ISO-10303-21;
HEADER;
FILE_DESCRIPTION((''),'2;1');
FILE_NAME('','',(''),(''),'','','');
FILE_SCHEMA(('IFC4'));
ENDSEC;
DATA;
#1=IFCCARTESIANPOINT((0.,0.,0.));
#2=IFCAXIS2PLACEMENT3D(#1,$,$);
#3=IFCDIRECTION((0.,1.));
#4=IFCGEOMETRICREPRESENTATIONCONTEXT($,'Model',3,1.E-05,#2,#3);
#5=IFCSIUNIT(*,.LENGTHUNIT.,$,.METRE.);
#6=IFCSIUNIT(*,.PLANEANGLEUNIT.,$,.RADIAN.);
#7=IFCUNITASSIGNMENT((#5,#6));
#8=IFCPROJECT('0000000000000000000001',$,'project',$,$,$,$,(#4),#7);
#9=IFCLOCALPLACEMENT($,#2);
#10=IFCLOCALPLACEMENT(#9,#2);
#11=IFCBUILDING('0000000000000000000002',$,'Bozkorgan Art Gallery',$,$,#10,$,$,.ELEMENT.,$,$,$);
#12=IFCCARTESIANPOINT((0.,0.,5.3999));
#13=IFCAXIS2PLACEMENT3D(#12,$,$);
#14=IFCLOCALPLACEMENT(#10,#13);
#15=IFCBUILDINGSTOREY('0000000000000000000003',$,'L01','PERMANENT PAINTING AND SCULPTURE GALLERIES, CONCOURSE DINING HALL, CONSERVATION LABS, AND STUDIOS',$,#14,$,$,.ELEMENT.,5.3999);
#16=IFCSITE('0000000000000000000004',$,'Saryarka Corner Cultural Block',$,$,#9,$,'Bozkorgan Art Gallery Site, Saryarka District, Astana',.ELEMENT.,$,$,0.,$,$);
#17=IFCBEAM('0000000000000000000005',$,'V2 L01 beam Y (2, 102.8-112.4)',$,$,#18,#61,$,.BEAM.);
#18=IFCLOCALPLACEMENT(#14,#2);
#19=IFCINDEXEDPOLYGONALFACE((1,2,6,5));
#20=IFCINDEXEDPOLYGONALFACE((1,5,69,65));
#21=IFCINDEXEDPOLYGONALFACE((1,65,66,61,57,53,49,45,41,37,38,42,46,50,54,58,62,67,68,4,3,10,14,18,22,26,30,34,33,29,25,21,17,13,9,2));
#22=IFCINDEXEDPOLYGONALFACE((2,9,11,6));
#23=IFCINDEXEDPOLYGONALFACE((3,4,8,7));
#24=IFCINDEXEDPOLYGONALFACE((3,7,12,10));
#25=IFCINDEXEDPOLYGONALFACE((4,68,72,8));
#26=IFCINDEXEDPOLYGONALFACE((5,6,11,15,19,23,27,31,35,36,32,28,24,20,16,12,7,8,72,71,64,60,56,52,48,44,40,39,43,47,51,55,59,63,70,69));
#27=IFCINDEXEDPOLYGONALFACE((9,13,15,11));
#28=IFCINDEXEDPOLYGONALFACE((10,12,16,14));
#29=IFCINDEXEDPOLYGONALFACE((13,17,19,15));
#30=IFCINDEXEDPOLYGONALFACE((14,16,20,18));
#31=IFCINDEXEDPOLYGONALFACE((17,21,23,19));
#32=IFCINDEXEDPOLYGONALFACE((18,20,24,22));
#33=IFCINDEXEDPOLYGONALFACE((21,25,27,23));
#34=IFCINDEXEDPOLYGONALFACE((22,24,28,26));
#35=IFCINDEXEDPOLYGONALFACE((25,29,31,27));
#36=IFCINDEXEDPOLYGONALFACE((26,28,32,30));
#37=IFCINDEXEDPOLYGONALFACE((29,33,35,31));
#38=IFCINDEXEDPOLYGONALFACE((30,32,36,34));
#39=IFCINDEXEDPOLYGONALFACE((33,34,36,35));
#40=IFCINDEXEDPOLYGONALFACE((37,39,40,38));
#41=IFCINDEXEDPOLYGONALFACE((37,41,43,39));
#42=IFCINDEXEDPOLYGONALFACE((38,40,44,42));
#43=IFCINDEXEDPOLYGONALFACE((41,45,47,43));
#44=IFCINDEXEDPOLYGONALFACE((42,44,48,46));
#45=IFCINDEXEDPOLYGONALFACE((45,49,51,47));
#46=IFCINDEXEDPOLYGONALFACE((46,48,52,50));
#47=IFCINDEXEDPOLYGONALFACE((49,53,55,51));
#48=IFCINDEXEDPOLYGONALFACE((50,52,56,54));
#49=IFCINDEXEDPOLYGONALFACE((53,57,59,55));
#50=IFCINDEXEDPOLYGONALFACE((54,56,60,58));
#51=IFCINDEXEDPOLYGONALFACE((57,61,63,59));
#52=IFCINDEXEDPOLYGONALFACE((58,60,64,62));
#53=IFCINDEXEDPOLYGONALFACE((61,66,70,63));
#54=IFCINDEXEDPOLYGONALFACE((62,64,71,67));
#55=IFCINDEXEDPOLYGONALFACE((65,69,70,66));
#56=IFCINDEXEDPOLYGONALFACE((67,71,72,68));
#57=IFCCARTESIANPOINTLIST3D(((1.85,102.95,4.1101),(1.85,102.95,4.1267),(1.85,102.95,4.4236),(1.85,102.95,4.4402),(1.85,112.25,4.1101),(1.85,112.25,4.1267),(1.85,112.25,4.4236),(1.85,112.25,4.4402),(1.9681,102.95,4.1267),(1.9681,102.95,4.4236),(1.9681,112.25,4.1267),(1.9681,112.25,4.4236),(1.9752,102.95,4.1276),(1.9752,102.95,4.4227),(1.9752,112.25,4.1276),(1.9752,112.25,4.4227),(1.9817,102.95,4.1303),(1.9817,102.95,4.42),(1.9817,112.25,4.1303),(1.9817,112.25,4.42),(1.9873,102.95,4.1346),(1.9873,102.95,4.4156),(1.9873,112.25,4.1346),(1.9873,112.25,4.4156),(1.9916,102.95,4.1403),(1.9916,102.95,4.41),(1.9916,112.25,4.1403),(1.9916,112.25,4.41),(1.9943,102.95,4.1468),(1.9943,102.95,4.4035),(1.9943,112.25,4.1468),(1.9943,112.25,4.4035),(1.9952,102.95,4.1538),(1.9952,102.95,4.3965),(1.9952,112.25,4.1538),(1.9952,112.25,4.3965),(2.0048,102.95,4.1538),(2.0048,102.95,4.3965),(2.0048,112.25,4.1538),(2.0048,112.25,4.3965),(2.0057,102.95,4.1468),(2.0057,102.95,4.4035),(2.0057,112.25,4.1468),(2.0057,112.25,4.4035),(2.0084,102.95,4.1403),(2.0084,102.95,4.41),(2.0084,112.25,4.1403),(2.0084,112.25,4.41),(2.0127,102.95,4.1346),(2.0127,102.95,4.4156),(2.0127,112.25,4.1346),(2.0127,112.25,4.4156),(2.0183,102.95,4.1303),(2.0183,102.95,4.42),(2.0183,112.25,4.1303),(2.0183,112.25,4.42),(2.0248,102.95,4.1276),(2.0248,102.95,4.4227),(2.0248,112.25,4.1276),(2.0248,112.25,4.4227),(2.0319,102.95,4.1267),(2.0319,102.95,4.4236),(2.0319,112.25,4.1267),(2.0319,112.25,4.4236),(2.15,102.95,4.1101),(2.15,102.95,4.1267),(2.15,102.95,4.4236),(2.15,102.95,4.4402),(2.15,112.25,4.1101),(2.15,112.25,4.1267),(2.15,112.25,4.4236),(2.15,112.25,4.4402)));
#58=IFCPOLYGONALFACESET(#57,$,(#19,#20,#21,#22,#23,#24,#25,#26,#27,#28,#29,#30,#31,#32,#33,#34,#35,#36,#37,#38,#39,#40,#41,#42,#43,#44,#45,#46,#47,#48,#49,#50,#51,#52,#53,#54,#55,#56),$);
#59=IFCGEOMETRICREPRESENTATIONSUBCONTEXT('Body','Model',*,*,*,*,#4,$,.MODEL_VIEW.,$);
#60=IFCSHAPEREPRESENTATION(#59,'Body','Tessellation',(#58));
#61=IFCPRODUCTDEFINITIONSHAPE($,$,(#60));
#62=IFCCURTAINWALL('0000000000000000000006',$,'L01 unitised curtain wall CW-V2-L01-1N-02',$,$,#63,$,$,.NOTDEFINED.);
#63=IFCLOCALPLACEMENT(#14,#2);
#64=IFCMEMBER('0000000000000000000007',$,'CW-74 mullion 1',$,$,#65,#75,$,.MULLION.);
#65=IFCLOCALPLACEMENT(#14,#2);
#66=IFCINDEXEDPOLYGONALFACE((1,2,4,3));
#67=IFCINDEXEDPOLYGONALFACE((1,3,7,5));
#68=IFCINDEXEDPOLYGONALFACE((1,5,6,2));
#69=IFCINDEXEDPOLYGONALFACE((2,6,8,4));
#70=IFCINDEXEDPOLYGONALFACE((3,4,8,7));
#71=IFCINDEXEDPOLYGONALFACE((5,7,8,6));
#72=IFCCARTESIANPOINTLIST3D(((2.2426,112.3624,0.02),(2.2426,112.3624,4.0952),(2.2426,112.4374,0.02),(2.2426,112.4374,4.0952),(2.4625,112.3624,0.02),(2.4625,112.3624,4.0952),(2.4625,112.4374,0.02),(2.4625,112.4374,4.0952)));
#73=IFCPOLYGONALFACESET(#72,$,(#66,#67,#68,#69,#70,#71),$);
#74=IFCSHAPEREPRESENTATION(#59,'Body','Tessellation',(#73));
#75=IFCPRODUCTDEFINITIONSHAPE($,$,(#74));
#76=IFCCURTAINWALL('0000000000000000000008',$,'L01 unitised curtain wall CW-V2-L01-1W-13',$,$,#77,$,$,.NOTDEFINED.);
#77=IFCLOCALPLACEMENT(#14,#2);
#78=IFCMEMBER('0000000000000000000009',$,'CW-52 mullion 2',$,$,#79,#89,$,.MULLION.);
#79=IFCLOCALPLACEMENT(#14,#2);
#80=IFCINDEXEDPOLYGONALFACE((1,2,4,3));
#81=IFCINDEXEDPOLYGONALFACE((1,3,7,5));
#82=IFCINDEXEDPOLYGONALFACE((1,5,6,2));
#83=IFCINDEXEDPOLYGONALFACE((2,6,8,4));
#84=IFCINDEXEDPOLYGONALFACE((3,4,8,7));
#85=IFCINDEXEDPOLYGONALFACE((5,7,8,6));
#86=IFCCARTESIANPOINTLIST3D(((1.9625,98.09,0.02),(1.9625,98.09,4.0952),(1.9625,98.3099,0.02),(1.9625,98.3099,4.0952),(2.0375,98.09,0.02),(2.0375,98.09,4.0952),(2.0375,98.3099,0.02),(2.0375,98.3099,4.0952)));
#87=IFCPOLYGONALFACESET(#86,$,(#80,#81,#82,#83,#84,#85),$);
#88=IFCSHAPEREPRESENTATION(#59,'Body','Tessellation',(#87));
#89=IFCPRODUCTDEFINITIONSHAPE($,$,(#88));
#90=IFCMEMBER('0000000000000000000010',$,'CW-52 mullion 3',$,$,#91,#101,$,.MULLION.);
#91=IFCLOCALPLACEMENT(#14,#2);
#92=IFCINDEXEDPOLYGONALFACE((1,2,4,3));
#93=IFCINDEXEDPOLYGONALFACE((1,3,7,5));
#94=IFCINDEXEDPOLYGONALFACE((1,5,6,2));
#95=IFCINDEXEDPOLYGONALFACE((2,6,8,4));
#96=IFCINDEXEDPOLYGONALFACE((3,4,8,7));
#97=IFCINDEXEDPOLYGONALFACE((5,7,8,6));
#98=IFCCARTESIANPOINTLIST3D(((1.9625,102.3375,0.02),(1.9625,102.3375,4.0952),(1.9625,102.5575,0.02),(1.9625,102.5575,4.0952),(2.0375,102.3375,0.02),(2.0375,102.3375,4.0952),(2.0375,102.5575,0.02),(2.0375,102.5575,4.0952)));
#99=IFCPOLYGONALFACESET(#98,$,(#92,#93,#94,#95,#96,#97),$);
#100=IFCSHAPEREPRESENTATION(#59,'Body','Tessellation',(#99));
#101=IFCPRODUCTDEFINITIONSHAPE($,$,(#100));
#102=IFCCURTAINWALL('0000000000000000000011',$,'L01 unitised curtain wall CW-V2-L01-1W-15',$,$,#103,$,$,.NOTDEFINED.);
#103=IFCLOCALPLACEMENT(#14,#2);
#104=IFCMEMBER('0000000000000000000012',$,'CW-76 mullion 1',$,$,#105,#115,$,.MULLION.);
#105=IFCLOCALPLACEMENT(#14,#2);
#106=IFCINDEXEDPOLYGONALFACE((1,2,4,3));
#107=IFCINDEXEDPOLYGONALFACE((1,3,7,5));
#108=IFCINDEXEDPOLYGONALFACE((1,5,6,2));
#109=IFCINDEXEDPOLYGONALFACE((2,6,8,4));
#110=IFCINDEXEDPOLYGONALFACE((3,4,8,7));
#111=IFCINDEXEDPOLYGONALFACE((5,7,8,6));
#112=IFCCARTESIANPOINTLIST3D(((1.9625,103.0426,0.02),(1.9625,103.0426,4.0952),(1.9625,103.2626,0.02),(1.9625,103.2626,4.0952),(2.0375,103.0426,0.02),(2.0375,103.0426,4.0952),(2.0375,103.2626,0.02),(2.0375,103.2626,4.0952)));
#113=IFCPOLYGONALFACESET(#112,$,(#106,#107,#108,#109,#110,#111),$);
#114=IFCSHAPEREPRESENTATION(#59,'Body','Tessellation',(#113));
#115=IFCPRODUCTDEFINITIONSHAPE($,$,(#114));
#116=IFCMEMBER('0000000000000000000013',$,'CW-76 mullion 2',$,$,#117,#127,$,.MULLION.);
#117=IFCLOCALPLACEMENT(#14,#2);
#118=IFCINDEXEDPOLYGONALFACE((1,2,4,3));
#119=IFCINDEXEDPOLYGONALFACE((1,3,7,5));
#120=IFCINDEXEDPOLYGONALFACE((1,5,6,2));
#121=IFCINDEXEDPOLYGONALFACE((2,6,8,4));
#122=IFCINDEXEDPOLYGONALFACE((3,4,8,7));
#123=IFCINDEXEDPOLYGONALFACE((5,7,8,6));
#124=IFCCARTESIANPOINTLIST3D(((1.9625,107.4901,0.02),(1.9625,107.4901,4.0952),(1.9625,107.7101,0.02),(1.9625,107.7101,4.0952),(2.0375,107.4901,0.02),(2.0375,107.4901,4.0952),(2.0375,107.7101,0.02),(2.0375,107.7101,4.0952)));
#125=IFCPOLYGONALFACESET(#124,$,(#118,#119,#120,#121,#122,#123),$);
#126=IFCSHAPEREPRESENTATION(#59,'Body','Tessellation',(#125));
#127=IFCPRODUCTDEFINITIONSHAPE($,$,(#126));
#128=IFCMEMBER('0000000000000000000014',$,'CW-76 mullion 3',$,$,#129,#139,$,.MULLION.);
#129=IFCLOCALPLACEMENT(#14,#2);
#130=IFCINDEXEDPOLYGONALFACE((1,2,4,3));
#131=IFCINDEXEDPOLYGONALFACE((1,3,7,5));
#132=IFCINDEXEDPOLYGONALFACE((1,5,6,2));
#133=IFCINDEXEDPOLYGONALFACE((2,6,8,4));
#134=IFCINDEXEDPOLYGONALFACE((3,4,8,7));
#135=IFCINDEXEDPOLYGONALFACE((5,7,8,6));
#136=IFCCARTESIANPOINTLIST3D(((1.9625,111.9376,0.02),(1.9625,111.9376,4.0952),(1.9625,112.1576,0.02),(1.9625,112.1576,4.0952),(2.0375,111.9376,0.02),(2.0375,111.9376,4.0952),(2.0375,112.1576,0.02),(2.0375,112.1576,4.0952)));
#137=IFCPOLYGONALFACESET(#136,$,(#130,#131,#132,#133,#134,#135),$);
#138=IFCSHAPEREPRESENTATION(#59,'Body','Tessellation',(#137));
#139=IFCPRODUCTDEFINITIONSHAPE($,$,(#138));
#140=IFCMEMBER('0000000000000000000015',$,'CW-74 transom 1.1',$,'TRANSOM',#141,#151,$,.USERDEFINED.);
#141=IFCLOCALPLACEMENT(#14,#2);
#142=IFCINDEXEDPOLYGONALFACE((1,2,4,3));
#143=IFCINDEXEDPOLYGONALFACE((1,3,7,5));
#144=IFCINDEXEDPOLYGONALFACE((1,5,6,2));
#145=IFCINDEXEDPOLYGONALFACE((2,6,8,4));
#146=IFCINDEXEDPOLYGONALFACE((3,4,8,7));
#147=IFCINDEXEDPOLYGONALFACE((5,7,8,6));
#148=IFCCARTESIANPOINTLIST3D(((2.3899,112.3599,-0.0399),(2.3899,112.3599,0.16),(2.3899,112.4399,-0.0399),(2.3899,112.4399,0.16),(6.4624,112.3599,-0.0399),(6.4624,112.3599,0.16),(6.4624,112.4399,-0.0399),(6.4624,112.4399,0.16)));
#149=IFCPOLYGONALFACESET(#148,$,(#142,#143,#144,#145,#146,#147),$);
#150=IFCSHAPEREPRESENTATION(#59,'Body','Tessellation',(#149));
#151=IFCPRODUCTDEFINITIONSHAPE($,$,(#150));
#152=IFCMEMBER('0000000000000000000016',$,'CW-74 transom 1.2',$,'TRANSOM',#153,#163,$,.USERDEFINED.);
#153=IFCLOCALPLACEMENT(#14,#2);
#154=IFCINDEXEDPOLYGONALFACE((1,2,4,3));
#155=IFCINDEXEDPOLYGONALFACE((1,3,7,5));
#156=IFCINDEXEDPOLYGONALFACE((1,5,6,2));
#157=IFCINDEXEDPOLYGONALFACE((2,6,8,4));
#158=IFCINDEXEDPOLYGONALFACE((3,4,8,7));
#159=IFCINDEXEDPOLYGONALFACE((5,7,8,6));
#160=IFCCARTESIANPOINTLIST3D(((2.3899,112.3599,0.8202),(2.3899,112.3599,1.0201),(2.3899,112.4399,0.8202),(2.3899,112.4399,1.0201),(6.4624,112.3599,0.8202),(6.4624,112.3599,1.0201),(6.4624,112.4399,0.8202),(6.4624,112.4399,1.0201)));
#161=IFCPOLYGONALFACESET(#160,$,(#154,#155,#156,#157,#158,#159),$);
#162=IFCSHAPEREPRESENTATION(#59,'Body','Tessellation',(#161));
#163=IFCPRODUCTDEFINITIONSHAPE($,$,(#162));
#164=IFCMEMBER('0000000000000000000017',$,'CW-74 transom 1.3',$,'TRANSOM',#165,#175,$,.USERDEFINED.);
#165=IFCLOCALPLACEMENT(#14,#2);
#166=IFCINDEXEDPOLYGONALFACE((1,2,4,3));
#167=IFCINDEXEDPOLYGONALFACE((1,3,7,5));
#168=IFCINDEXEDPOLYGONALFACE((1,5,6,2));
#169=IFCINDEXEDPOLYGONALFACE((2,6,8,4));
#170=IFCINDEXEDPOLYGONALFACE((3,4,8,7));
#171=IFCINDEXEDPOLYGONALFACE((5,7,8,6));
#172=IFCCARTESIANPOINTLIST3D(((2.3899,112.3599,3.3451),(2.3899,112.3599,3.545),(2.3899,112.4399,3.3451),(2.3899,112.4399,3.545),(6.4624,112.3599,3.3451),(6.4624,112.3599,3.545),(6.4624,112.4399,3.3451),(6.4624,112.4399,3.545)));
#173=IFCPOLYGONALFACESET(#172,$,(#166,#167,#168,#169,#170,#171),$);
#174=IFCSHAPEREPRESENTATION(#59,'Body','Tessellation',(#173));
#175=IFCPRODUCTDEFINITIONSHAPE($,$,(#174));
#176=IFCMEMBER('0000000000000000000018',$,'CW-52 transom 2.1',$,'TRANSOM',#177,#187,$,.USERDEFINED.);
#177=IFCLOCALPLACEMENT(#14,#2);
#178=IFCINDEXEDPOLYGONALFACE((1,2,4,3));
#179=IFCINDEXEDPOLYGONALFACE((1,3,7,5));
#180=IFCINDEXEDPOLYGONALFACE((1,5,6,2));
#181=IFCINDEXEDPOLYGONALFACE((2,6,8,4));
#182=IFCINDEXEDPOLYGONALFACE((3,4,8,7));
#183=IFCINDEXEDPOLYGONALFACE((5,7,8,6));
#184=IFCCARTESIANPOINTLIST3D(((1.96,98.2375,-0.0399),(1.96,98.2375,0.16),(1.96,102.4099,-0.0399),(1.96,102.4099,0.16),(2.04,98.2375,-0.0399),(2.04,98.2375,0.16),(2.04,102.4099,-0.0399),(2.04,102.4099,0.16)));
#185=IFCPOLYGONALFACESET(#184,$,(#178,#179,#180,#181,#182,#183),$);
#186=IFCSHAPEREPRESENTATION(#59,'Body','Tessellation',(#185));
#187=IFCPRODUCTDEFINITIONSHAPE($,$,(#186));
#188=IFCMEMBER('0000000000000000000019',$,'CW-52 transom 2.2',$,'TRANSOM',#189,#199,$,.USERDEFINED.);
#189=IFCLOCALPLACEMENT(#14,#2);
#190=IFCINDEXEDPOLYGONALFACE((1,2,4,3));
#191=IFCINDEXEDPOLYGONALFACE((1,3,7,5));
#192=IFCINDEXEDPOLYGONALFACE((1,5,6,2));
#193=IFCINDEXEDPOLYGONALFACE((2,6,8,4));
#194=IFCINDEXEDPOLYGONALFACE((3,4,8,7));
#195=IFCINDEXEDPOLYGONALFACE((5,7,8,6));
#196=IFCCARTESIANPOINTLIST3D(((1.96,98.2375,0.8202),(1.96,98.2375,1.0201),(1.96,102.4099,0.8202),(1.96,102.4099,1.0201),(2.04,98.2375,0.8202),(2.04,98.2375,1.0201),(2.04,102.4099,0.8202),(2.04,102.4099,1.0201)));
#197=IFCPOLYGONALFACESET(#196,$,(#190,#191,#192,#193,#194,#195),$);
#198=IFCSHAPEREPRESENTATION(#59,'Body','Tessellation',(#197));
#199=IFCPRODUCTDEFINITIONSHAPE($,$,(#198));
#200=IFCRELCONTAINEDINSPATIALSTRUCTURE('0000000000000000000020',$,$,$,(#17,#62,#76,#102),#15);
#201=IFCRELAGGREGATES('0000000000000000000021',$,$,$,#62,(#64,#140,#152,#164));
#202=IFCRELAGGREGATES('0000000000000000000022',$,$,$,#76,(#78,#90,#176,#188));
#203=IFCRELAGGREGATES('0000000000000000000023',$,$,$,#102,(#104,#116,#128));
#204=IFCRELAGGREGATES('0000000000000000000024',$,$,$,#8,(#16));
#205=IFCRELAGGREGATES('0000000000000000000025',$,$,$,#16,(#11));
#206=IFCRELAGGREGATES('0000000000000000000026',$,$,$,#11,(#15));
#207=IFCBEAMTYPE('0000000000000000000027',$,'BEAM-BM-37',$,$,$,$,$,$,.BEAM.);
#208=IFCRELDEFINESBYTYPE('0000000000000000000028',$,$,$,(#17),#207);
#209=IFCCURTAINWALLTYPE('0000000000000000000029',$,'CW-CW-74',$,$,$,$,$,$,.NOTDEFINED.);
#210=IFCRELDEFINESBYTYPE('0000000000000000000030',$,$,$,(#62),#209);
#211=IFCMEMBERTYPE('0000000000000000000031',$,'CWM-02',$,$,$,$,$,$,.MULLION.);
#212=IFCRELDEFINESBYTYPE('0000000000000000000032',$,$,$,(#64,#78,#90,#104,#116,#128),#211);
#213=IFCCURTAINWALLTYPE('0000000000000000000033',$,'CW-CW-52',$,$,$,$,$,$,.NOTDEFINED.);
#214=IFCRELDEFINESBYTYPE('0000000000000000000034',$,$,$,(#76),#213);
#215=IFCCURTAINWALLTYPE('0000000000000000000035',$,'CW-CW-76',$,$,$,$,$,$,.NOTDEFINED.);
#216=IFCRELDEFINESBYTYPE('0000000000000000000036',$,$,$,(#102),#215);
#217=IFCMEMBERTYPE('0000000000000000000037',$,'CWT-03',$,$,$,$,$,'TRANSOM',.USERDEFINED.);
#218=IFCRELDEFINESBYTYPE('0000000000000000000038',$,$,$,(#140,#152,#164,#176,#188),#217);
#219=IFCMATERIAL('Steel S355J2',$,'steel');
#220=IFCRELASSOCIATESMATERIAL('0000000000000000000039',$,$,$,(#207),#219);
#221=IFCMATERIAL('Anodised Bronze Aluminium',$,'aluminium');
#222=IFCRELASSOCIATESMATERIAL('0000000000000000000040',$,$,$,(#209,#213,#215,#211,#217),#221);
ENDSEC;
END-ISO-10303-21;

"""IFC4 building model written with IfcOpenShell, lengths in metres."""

from ifc_helpers import new_model, si_unit, direction, frame, origin, origin_2d, place, context, subcontext, project, spatial, rectangle, i_section, extrude, material, material_profile, profile_set, type_object, element, aggregate, save


model = new_model("IFC4")

# Units and contexts
model_context = context("Model", 3, precision=1e-05, world=origin(), true_north=direction((0.0, 1.0)))
body_context = subcontext(model_context, "Body", "Model", "MODEL_VIEW")
ifc_project = project(units=[si_unit("LENGTHUNIT", "METRE"), si_unit("PLANEANGLEUNIT", "RADIAN")], contexts=[model_context])

# Site, building, storey
site_placement = place(None, origin())
site = spatial("IfcSite", under=ifc_project, at=site_placement, Name="Saryarka Corner Cultural Block", LongName="Bozkorgan Art Gallery Site, Saryarka District, Astana", CompositionType="ELEMENT", RefElevation=0.0)
building_placement = place(site_placement, origin())
building = spatial("IfcBuilding", under=site, at=building_placement, Name="Bozkorgan Art Gallery", CompositionType="ELEMENT")
storey_placement = place(building_placement, frame((0.0, 0.0, 5.3999)))
storey = spatial("IfcBuildingStorey", under=building, at=storey_placement, Name="L01", Description="PERMANENT PAINTING AND SCULPTURE GALLERIES, CONCOURSE DINING HALL, CONSERVATION LABS, AND STUDIOS", CompositionType="ELEMENT", Elevation=5.3999)

# Shared definitions
ifc_material_1 = material(Name="Steel S355J2", Category="steel")

# Beam
ifc_material_profile_1 = material_profile(ifc_material_1, i_section(OverallWidth=0.3, OverallDepth=0.3301, WebThickness=0.0095, FlangeThickness=0.0166, FilletRadius=0.0271, at=origin_2d()), Name="HEA 340")
ifc_profile_set_1 = profile_set([ifc_material_profile_1], Name="Steel S355J2")
beam_type = type_object("IfcBeamType", Name="BEAM-BM-37", PredefinedType="BEAM", material=ifc_profile_set_1)
beam_1_placement = place(storey_placement, frame((2.0, 102.95, 4.2751), z_axis=(0.0, 1.0, 0.0), x_axis=(-1.0, 0.0, 0.0)))
element("IfcBeam", 1, at=beam_1_placement, inside=storey, type_object=beam_type, Name="V2 L01 beam Y (2, 102.8-112.4)", PredefinedType="BEAM", context=body_context, shape_type="SweptSolid", body=[
    extrude(i_section(OverallWidth=0.3, OverallDepth=0.3301, WebThickness=0.0095, FlangeThickness=0.0166, FilletRadius=0.0271, at=origin_2d()), origin(), (0.0, 0.0, 1.0), 9.3),
])

# Curtain wall, member
ifc_material_2 = material(Name="Anodised Bronze Aluminium", Category="aluminium")
curtain_wall_type_1 = type_object("IfcCurtainWallType", Name="CW-CW-74", PredefinedType="NOTDEFINED", material=ifc_material_2)
curtain_wall_1_placement = place(storey_placement, origin())
curtain_wall_1 = element("IfcCurtainWall", 2, at=curtain_wall_1_placement, inside=storey, type_object=curtain_wall_type_1, Name="L01 unitised curtain wall CW-V2-L01-1N-02", PredefinedType="NOTDEFINED")
ifc_material_profile_2 = material_profile(ifc_material_2, rectangle(XDim=0.075, YDim=0.22, at=origin_2d()), Name="ALU MULLION 75x220")
ifc_profile_set_2 = profile_set([ifc_material_profile_2], Name="Anodised Bronze Aluminium")
member_type_1 = type_object("IfcMemberType", Name="CWM-02", PredefinedType="MULLION", material=ifc_profile_set_2)
member_1_placement = place(storey_placement, frame((2.3525, 112.3999, 0.02), z_axis=(0.0, 0.0, 1.0), x_axis=(0.0, 1.0, 0.0)))
member_1 = element("IfcMember", 3, at=member_1_placement, type_object=member_type_1, Name="CW-74 mullion 1", PredefinedType="MULLION", context=body_context, shape_type="SweptSolid", body=[
    extrude(rectangle(XDim=0.075, YDim=0.22, at=origin_2d()), origin(), (0.0, 0.0, 1.0), 4.0752),
])

# Curtain walls, members
curtain_wall_type_2 = type_object("IfcCurtainWallType", Name="CW-CW-52", PredefinedType="NOTDEFINED", material=ifc_material_2)
curtain_wall_2_placement = place(storey_placement, origin())
curtain_wall_2 = element("IfcCurtainWall", 4, at=curtain_wall_2_placement, inside=storey, type_object=curtain_wall_type_2, Name="L01 unitised curtain wall CW-V2-L01-1W-13", PredefinedType="NOTDEFINED")
member_2_placement = place(storey_placement, frame((2.0, 98.2, 0.02), z_axis=(0.0, 0.0, 1.0), x_axis=(-1.0, 0.0, 0.0)))
member_2 = element("IfcMember", 5, at=member_2_placement, type_object=member_type_1, Name="CW-52 mullion 2", PredefinedType="MULLION", context=body_context, shape_type="SweptSolid", body=[
    extrude(rectangle(XDim=0.075, YDim=0.22, at=origin_2d()), origin(), (0.0, 0.0, 1.0), 4.0752),
])
member_3_placement = place(storey_placement, frame((2.0, 102.4475, 0.02), z_axis=(0.0, 0.0, 1.0), x_axis=(-1.0, 0.0, 0.0)))
member_3 = element("IfcMember", 6, at=member_3_placement, type_object=member_type_1, Name="CW-52 mullion 3", PredefinedType="MULLION", context=body_context, shape_type="SweptSolid", body=[
    extrude(rectangle(XDim=0.075, YDim=0.22, at=origin_2d()), origin(), (0.0, 0.0, 1.0), 4.0752),
])
curtain_wall_type_3 = type_object("IfcCurtainWallType", Name="CW-CW-76", PredefinedType="NOTDEFINED", material=ifc_material_2)
curtain_wall_3_placement = place(storey_placement, origin())
curtain_wall_3 = element("IfcCurtainWall", 7, at=curtain_wall_3_placement, inside=storey, type_object=curtain_wall_type_3, Name="L01 unitised curtain wall CW-V2-L01-1W-15", PredefinedType="NOTDEFINED")
member_4_placement = place(storey_placement, frame((2.0, 103.1526, 0.02), z_axis=(0.0, 0.0, 1.0), x_axis=(-1.0, 0.0, 0.0)))
member_4 = element("IfcMember", 8, at=member_4_placement, type_object=member_type_1, Name="CW-76 mullion 1", PredefinedType="MULLION", context=body_context, shape_type="SweptSolid", body=[
    extrude(rectangle(XDim=0.075, YDim=0.22, at=origin_2d()), origin(), (0.0, 0.0, 1.0), 4.0752),
])
member_5_placement = place(storey_placement, frame((2.0, 107.6001, 0.02), z_axis=(0.0, 0.0, 1.0), x_axis=(-1.0, 0.0, 0.0)))
member_5 = element("IfcMember", 9, at=member_5_placement, type_object=member_type_1, Name="CW-76 mullion 2", PredefinedType="MULLION", context=body_context, shape_type="SweptSolid", body=[
    extrude(rectangle(XDim=0.075, YDim=0.22, at=origin_2d()), origin(), (0.0, 0.0, 1.0), 4.0752),
])
member_6_placement = place(storey_placement, frame((2.0, 112.0476, 0.02), z_axis=(0.0, 0.0, 1.0), x_axis=(-1.0, 0.0, 0.0)))
member_6 = element("IfcMember", 10, at=member_6_placement, type_object=member_type_1, Name="CW-76 mullion 3", PredefinedType="MULLION", context=body_context, shape_type="SweptSolid", body=[
    extrude(rectangle(XDim=0.075, YDim=0.22, at=origin_2d()), origin(), (0.0, 0.0, 1.0), 4.0752),
])

# Members
ifc_material_profile_3 = material_profile(ifc_material_2, rectangle(XDim=0.0801, YDim=0.2, at=origin_2d()), Name="ALU TRANSOM 80x200")
ifc_profile_set_3 = profile_set([ifc_material_profile_3], Name="Anodised Bronze Aluminium")
member_type_2 = type_object("IfcMemberType", Name="CWT-03", ElementType="TRANSOM", PredefinedType="USERDEFINED", material=ifc_profile_set_3)
member_7_placement = place(storey_placement, frame((2.3899, 112.3999, 0.0601), z_axis=(1.0, 0.0, 0.0), x_axis=(0.0, 1.0, 0.0)))
member_7 = element("IfcMember", 11, at=member_7_placement, type_object=member_type_2, Name="CW-74 transom 1.1", ObjectType="TRANSOM", PredefinedType="USERDEFINED", context=body_context, shape_type="SweptSolid", body=[
    extrude(rectangle(XDim=0.0801, YDim=0.2, at=origin_2d()), origin(), (0.0, 0.0, 1.0), 4.0725),
])
member_8_placement = place(storey_placement, frame((2.3899, 112.3999, 0.9202), z_axis=(1.0, 0.0, 0.0), x_axis=(0.0, 1.0, 0.0)))
member_8 = element("IfcMember", 12, at=member_8_placement, type_object=member_type_2, Name="CW-74 transom 1.2", ObjectType="TRANSOM", PredefinedType="USERDEFINED", context=body_context, shape_type="SweptSolid", body=[
    extrude(rectangle(XDim=0.0801, YDim=0.2, at=origin_2d()), origin(), (0.0, 0.0, 1.0), 4.0725),
])
member_9_placement = place(storey_placement, frame((2.3899, 112.3999, 3.4451), z_axis=(1.0, 0.0, 0.0), x_axis=(0.0, 1.0, 0.0)))
member_9 = element("IfcMember", 13, at=member_9_placement, type_object=member_type_2, Name="CW-74 transom 1.3", ObjectType="TRANSOM", PredefinedType="USERDEFINED", context=body_context, shape_type="SweptSolid", body=[
    extrude(rectangle(XDim=0.0801, YDim=0.2, at=origin_2d()), origin(), (0.0, 0.0, 1.0), 4.0725),
])
aggregate(curtain_wall_1, [member_1, member_7, member_8, member_9])
member_10_placement = place(storey_placement, frame((2.0, 98.2375, 0.0601), z_axis=(0.0, 1.0, 0.0), x_axis=(-1.0, 0.0, 0.0)))
member_10 = element("IfcMember", 14, at=member_10_placement, type_object=member_type_2, Name="CW-52 transom 2.1", ObjectType="TRANSOM", PredefinedType="USERDEFINED", context=body_context, shape_type="SweptSolid", body=[
    extrude(rectangle(XDim=0.0801, YDim=0.2, at=origin_2d()), origin(), (0.0, 0.0, 1.0), 4.1724),
])
member_11_placement = place(storey_placement, frame((2.0, 98.2375, 0.9202), z_axis=(0.0, 1.0, 0.0), x_axis=(-1.0, 0.0, 0.0)))
member_11 = element("IfcMember", 15, at=member_11_placement, type_object=member_type_2, Name="CW-52 transom 2.2", ObjectType="TRANSOM", PredefinedType="USERDEFINED", context=body_context, shape_type="SweptSolid", body=[
    extrude(rectangle(XDim=0.0801, YDim=0.2, at=origin_2d()), origin(), (0.0, 0.0, 1.0), 4.1724),
])

aggregate(curtain_wall_2, [member_2, member_3, member_10, member_11])
aggregate(curtain_wall_3, [member_4, member_5, member_6])

save(model, "model.ifc")
